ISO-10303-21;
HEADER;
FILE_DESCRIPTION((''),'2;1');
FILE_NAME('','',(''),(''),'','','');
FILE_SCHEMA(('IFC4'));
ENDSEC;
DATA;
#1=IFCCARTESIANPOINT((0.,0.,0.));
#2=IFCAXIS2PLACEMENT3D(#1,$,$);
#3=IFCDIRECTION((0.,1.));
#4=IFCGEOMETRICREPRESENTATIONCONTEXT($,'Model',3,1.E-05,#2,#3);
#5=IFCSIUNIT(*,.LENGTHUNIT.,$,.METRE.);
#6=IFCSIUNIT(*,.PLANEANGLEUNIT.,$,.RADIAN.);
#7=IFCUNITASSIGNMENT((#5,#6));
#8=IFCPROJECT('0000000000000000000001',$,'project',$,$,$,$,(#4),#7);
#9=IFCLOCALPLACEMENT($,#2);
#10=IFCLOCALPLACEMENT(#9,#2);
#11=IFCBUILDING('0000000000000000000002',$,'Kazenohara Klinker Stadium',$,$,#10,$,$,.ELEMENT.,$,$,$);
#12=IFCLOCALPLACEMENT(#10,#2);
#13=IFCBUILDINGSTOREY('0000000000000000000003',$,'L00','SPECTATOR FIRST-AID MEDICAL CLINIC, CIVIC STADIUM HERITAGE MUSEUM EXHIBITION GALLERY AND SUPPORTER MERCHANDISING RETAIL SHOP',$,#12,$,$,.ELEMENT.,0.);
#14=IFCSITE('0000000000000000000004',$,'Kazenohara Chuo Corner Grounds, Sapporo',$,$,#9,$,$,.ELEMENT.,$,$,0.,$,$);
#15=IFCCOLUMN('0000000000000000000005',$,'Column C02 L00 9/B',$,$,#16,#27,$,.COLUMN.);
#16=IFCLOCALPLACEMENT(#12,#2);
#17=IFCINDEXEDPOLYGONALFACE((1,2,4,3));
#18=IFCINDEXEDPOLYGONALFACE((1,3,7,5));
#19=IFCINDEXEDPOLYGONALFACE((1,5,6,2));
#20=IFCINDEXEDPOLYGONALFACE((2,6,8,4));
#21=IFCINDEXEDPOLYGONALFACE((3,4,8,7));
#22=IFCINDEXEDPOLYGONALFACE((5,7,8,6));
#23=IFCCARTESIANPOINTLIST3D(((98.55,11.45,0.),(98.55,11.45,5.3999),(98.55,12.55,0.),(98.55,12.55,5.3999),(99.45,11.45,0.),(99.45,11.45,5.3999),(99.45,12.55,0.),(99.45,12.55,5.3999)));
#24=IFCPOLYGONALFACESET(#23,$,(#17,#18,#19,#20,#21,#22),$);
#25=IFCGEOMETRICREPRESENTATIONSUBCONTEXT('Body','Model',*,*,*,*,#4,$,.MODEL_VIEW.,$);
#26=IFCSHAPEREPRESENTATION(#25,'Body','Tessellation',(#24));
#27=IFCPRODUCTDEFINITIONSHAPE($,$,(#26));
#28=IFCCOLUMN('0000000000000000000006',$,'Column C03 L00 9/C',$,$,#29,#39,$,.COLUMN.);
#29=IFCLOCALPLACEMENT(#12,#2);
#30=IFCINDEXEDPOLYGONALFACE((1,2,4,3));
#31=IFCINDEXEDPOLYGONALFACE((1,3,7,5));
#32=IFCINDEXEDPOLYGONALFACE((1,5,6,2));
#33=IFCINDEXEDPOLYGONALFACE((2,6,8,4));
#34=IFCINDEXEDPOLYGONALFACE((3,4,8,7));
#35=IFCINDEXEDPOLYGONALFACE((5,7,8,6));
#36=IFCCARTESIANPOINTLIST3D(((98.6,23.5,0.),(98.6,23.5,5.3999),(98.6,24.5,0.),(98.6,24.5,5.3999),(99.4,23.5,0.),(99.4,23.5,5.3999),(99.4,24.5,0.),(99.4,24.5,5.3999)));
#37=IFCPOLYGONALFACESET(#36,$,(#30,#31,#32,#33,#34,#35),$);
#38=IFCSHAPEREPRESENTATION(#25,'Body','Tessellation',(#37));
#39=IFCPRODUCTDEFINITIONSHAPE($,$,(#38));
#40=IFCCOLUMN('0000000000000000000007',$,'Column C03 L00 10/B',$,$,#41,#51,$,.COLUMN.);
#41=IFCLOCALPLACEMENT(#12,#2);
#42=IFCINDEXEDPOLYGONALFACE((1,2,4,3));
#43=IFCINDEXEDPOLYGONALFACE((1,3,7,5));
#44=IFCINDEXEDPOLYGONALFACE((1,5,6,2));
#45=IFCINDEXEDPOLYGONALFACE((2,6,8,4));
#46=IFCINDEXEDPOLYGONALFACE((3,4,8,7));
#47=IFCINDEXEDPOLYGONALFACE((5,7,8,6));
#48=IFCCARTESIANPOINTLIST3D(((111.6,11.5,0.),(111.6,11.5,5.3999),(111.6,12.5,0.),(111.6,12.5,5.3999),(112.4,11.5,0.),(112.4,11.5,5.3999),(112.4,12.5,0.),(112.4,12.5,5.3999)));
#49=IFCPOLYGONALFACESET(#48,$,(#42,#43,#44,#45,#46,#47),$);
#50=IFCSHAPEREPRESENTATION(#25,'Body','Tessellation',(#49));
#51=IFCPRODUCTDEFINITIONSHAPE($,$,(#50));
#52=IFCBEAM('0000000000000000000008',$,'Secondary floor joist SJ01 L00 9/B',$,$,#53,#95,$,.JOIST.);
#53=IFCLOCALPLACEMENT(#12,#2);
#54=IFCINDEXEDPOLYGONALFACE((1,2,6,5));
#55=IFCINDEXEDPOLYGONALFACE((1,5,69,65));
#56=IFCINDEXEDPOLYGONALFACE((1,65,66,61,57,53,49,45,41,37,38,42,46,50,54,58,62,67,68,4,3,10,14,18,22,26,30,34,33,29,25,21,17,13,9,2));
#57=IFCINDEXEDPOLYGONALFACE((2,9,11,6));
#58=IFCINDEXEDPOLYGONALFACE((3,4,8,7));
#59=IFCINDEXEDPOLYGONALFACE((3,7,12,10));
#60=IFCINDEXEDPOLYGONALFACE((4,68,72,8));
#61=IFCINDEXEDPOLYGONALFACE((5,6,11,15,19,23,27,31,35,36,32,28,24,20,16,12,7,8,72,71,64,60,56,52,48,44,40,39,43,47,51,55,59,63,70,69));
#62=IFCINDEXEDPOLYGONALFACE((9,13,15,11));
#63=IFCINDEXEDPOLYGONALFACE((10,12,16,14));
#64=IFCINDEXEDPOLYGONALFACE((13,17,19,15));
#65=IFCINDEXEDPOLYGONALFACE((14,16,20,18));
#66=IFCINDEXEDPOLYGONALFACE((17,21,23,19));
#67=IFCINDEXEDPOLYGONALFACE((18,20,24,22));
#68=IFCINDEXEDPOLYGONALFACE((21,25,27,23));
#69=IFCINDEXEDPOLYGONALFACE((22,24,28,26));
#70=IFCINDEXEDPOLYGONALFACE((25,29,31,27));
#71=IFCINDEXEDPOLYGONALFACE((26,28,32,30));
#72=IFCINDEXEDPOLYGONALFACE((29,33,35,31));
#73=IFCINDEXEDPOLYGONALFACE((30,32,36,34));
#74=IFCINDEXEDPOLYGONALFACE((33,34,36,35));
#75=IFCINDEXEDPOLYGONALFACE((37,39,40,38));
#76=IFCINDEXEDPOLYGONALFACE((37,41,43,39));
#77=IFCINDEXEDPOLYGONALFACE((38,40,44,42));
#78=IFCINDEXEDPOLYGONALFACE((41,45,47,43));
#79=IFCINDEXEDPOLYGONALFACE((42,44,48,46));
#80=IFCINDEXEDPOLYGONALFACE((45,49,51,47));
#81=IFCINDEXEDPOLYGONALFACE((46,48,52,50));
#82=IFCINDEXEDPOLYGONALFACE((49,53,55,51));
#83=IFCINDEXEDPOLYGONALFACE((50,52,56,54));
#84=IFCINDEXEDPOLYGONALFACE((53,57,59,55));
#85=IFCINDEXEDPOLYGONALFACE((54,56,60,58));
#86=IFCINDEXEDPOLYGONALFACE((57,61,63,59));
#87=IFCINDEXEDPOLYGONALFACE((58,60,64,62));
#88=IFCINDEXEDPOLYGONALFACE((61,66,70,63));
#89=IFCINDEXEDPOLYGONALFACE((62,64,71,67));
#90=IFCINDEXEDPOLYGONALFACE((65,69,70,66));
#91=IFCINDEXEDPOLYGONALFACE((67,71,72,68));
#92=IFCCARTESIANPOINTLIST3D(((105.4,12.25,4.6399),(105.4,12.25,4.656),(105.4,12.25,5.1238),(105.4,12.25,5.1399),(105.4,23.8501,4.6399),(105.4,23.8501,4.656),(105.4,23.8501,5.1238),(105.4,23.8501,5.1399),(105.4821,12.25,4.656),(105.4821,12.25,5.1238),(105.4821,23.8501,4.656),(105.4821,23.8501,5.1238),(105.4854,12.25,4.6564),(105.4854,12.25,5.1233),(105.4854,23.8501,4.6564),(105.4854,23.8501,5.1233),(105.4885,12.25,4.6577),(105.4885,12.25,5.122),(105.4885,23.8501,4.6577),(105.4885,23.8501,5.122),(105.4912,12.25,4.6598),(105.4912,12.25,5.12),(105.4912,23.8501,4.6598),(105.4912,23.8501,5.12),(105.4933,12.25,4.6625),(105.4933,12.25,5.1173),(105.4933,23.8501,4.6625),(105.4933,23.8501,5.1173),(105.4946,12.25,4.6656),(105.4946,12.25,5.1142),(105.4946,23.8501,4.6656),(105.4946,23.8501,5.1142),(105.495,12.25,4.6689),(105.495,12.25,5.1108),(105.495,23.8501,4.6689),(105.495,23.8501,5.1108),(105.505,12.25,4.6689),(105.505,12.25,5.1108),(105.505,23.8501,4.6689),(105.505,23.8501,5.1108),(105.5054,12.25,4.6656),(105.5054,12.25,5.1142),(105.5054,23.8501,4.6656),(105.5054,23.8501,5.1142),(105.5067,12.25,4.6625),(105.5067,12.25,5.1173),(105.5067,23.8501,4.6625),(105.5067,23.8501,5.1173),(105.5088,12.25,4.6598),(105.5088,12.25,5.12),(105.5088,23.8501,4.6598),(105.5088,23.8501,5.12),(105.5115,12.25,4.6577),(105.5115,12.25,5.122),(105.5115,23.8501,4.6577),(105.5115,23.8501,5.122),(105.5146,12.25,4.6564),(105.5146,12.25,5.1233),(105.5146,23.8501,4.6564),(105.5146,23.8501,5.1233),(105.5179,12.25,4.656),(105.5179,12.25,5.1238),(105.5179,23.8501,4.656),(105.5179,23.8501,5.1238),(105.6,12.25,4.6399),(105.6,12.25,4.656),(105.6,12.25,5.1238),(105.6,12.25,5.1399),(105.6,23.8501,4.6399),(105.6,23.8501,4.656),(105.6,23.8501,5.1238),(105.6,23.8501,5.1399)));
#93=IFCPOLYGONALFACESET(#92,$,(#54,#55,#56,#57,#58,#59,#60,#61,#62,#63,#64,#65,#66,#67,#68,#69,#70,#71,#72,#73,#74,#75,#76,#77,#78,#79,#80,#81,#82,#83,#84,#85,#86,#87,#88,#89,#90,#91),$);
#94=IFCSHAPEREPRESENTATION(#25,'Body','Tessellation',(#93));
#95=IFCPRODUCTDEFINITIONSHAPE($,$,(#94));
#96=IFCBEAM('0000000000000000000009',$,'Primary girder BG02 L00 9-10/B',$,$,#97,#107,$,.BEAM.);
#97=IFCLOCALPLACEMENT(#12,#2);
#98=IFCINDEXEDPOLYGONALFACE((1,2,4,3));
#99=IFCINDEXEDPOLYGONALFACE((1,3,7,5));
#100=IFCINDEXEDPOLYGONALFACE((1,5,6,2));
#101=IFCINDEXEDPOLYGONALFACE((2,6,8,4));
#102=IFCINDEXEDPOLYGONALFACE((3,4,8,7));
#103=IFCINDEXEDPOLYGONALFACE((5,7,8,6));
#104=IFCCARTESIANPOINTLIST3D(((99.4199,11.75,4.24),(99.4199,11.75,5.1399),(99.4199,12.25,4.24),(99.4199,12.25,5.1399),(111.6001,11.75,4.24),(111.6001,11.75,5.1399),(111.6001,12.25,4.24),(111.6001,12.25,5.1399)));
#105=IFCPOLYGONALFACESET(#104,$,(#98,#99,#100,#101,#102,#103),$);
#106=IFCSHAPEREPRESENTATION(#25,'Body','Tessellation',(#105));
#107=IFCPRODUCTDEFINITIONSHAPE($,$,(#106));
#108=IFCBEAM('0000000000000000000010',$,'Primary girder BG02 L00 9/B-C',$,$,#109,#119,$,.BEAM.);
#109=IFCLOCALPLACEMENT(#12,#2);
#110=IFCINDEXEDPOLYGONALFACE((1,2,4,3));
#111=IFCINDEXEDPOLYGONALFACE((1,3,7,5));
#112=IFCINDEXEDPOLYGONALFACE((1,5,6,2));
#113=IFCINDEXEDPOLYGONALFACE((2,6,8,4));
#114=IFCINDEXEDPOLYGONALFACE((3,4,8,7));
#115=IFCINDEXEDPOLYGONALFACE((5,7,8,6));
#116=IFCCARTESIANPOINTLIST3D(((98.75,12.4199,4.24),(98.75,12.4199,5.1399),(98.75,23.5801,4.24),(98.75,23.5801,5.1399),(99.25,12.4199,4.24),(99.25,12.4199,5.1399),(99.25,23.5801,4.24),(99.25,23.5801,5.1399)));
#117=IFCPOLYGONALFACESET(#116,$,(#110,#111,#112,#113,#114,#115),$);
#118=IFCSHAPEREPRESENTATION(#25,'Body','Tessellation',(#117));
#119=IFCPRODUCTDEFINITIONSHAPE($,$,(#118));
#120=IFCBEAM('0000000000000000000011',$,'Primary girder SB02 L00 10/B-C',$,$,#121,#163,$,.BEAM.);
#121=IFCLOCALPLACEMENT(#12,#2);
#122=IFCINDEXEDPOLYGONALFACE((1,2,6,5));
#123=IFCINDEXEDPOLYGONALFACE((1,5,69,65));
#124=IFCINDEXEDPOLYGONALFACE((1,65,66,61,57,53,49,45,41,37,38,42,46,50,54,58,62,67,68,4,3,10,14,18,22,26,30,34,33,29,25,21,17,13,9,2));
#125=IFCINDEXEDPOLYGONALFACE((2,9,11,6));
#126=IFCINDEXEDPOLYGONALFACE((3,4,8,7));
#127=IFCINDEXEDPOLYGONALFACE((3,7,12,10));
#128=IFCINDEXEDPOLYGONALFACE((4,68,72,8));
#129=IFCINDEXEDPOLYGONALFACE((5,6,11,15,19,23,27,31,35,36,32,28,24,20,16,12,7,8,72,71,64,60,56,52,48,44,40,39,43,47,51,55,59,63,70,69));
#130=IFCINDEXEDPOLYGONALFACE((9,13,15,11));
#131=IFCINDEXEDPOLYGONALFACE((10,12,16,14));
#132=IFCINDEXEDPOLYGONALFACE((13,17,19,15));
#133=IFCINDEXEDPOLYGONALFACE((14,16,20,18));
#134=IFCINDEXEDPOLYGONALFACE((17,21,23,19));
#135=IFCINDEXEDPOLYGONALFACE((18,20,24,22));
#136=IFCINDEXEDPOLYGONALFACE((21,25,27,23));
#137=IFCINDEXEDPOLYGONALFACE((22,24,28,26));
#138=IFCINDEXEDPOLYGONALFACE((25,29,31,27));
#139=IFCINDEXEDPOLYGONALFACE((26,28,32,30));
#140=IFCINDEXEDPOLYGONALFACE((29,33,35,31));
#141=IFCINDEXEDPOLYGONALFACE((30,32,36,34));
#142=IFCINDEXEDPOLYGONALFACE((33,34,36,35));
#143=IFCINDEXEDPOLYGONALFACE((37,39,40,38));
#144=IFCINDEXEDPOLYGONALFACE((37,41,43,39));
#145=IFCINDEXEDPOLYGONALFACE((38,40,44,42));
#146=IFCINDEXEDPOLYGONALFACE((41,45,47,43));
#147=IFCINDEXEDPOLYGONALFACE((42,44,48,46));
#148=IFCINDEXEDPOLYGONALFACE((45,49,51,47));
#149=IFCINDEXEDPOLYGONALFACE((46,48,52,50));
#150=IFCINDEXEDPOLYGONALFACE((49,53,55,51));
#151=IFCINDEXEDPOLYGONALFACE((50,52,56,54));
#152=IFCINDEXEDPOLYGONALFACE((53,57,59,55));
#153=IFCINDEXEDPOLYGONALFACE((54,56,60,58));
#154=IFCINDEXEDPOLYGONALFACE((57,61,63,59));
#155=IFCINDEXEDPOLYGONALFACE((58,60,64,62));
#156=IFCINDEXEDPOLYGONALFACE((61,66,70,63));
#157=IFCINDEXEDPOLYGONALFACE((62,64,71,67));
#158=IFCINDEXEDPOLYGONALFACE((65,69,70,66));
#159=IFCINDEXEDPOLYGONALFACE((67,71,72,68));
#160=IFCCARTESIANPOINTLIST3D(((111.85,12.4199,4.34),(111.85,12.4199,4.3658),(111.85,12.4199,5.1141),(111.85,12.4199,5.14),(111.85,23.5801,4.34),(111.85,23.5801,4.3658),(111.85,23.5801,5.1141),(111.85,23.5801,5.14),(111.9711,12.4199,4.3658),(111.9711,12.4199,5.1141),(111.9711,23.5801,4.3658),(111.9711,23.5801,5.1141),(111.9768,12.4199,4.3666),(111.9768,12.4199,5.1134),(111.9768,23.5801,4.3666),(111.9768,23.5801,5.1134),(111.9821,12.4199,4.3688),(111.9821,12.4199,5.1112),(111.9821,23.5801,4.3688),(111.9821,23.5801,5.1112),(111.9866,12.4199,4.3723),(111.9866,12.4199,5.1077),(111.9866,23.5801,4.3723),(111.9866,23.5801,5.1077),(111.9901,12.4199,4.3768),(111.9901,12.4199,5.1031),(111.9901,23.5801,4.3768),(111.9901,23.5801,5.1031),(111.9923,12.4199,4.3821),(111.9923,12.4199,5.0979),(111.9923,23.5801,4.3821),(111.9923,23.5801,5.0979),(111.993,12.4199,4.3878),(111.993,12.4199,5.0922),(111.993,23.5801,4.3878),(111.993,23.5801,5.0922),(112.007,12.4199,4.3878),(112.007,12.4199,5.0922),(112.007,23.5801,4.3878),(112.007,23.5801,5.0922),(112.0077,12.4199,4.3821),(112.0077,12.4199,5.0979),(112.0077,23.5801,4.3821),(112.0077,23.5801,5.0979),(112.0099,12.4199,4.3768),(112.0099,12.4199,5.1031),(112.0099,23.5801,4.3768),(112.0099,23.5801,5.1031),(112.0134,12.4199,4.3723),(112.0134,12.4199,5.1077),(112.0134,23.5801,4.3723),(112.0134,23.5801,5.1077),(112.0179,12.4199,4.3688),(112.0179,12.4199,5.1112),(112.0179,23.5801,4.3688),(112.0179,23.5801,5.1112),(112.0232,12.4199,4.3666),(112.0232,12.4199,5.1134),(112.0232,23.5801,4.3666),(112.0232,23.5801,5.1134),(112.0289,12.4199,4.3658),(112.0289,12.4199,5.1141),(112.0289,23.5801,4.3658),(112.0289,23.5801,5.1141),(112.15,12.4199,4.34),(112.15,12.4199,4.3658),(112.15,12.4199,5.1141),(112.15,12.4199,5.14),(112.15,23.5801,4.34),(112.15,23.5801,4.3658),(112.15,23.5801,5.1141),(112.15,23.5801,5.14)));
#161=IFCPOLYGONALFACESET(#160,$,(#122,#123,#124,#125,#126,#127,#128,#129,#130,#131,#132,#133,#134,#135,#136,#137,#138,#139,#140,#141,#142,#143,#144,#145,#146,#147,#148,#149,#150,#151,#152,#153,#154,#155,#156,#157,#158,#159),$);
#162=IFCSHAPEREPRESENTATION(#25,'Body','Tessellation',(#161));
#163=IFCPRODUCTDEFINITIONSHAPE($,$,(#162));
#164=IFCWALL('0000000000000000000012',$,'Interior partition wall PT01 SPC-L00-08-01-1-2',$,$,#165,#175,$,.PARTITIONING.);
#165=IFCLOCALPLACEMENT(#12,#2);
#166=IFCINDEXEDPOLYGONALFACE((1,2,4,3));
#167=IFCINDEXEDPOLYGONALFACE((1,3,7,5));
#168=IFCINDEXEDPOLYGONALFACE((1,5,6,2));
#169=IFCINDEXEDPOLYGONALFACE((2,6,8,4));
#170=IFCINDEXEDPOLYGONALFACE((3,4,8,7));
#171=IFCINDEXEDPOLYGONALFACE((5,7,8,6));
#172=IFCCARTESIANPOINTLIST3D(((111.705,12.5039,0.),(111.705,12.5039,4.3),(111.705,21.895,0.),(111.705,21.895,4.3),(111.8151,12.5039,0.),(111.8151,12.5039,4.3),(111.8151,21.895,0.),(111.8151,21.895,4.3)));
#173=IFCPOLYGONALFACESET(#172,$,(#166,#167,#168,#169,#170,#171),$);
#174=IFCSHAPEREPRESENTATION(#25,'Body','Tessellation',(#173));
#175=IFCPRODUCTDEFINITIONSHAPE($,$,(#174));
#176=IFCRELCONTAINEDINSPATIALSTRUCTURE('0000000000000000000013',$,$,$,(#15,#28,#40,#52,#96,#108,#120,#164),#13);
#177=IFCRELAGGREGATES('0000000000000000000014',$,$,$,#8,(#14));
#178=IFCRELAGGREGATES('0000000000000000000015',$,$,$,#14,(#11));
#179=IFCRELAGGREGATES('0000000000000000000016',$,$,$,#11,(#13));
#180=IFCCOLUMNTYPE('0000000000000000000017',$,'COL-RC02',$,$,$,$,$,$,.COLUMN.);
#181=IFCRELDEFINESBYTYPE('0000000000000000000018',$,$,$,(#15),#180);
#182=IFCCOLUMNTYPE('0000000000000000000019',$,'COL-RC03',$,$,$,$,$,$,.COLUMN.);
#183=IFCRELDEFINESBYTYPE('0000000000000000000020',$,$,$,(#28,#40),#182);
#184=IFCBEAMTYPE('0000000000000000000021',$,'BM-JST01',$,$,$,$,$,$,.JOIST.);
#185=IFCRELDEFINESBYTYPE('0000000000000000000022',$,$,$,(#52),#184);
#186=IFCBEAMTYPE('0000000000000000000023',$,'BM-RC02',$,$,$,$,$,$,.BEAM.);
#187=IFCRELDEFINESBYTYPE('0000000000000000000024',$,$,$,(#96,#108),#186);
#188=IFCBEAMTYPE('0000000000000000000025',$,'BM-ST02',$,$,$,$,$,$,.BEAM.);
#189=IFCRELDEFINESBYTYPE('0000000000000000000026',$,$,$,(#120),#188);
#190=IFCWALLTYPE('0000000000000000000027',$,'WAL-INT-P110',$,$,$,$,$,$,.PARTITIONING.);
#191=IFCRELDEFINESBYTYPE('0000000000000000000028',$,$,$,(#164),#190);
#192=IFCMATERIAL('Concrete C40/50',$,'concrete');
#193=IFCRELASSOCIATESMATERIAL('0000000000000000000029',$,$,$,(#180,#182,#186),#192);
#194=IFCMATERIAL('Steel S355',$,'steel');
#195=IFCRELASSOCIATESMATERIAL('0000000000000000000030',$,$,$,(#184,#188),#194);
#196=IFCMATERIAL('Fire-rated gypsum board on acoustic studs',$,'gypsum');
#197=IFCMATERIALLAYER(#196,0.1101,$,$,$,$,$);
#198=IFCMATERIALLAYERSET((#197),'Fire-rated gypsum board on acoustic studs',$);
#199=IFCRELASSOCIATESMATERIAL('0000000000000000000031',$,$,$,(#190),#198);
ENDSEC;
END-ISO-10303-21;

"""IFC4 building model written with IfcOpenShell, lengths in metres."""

from ifc_helpers import new_model, si_unit, direction, frame, frame_2d, origin, origin_2d, place, context, subcontext, project, spatial, rectangle, i_section, extrude, material, layer, layer_set, material_profile, profile_set, type_object, element, save


model = new_model("IFC4")

# Units and contexts
model_context = context("Model", 3, precision=1e-05, world=origin(), true_north=direction((0.0, 1.0)))
body_context = subcontext(model_context, "Body", "Model", "MODEL_VIEW")
ifc_project = project(units=[si_unit("LENGTHUNIT", "METRE"), si_unit("PLANEANGLEUNIT", "RADIAN")], contexts=[model_context])

# Site, building, storey
site_placement = place(None, origin())
site = spatial("IfcSite", under=ifc_project, at=site_placement, Name="Kazenohara Chuo Corner Grounds, Sapporo", CompositionType="ELEMENT", RefElevation=0.0)
building_placement = place(site_placement, origin())
building = spatial("IfcBuilding", under=site, at=building_placement, Name="Kazenohara Klinker Stadium", CompositionType="ELEMENT")
storey_placement = place(building_placement, origin())
storey = spatial("IfcBuildingStorey", under=building, at=storey_placement, Name="L00", Description="SPECTATOR FIRST-AID MEDICAL CLINIC, CIVIC STADIUM HERITAGE MUSEUM EXHIBITION GALLERY AND SUPPORTER MERCHANDISING RETAIL SHOP", CompositionType="ELEMENT", Elevation=0.0)

# Columns
ifc_material_1 = material(Name="Concrete C40/50", Category="concrete")
ifc_material_profile_1 = material_profile(ifc_material_1, rectangle(XDim=0.8999, YDim=1.1001, at=origin_2d()), Name="RC-COL-1100x900")
ifc_profile_set_1 = profile_set([ifc_material_profile_1], Name="Concrete C40/50")
column_type_1 = type_object("IfcColumnType", Name="COL-RC02", PredefinedType="COLUMN", material=ifc_profile_set_1)
column_placement = place(storey_placement, frame((99.0, 12.0, 0.0), z_axis=(0.0, 0.0, 1.0), x_axis=(1.0, 0.0, 0.0)))
element("IfcColumn", 1, at=column_placement, inside=storey, type_object=column_type_1, Name="Column C02 L00 9/B", PredefinedType="COLUMN", context=body_context, shape_type="SweptSolid", body=[
    extrude(rectangle(XDim=0.8999, YDim=1.1001, at=origin_2d()), origin(), (0.0, 0.0, 1.0), 5.3999),
])
ifc_material_profile_2 = material_profile(ifc_material_1, rectangle(XDim=0.8, YDim=1.0, at=origin_2d()), Name="RC-COL-1000x800")
ifc_profile_set_2 = profile_set([ifc_material_profile_2], Name="Concrete C40/50")
column_type_2 = type_object("IfcColumnType", Name="COL-RC03", PredefinedType="COLUMN", material=ifc_profile_set_2)
for number, where, z_axis, x_axis, name in (
    (2, (99.0, 24.0, 0.0), (0.0, 0.0, 1.0), (1.0, 0.0, 0.0), "Column C03 L00 9/C"),
    (3, (112.0, 12.0, 0.0), (0.0, 0.0, 1.0), (1.0, 0.0, 0.0), "Column C03 L00 10/B"),
):
    element("IfcColumn", number, at=place(storey_placement, frame(where, z_axis=z_axis, x_axis=x_axis)), inside=storey, type_object=column_type_2, Name=name, PredefinedType="COLUMN", context=body_context, shape_type="SweptSolid", body=[
        extrude(rectangle(XDim=0.8, YDim=1.0, at=origin_2d()), origin(), (0.0, 0.0, 1.0), 5.3999),
    ])

# Beams
ifc_material_2 = material(Name="Steel S355", Category="steel")
ifc_material_profile_3 = material_profile(ifc_material_2, i_section(OverallWidth=0.2, OverallDepth=0.5, WebThickness=0.01, FlangeThickness=0.0161, FilletRadius=0.0129, at=origin_2d()), Name="H-500x200x10x16")
ifc_profile_set_3 = profile_set([ifc_material_profile_3], Name="Steel S355")
beam_type_1 = type_object("IfcBeamType", Name="BM-JST01", PredefinedType="JOIST", material=ifc_profile_set_3)
beam_1_placement = place(storey_placement, frame((105.5, 12.25, 4.8899), z_axis=(0.0, 1.0, 0.0), x_axis=(-1.0, 0.0, 0.0)))
element("IfcBeam", 4, at=beam_1_placement, inside=storey, type_object=beam_type_1, Name="Secondary floor joist SJ01 L00 9/B", PredefinedType="JOIST", context=body_context, shape_type="SweptSolid", body=[
    extrude(i_section(OverallWidth=0.2, OverallDepth=0.5, WebThickness=0.01, FlangeThickness=0.0161, FilletRadius=0.0129, at=origin_2d()), origin(), (0.0, 0.0, 1.0), 11.6001),
])
ifc_material_profile_4 = material_profile(ifc_material_1, rectangle(XDim=0.5, YDim=0.8999, at=origin_2d()), Name="RC-BM-500x900")
ifc_profile_set_4 = profile_set([ifc_material_profile_4], Name="Concrete C40/50")
beam_type_2 = type_object("IfcBeamType", Name="BM-RC02", PredefinedType="BEAM", material=ifc_profile_set_4)
beam_2_placement = place(storey_placement, frame((99.4199, 12.0, 4.6899), z_axis=(1.0, 0.0, 0.0), x_axis=(0.0, 1.0, 0.0)))
element("IfcBeam", 5, at=beam_2_placement, inside=storey, type_object=beam_type_2, Name="Primary girder BG02 L00 9-10/B", PredefinedType="BEAM", context=body_context, shape_type="SweptSolid", body=[
    extrude(rectangle(XDim=0.5, YDim=0.8999, at=origin_2d()), origin(), (0.0, 0.0, 1.0), 12.1802),
])
beam_3_placement = place(storey_placement, frame((99.0, 12.4199, 4.6899), z_axis=(0.0, 1.0, 0.0), x_axis=(-1.0, 0.0, 0.0)))
element("IfcBeam", 6, at=beam_3_placement, inside=storey, type_object=beam_type_2, Name="Primary girder BG02 L00 9/B-C", PredefinedType="BEAM", context=body_context, shape_type="SweptSolid", body=[
    extrude(rectangle(XDim=0.5, YDim=0.8999, at=origin_2d()), origin(), (0.0, 0.0, 1.0), 11.1602),
])
ifc_material_profile_5 = material_profile(ifc_material_2, i_section(OverallWidth=0.3, OverallDepth=0.8, WebThickness=0.0139, FlangeThickness=0.0259, FilletRadius=0.022, at=origin_2d()), Name="H-800x300x14x26")
ifc_profile_set_5 = profile_set([ifc_material_profile_5], Name="Steel S355")
beam_type_3 = type_object("IfcBeamType", Name="BM-ST02", PredefinedType="BEAM", material=ifc_profile_set_5)
beam_4_placement = place(storey_placement, frame((112.0, 12.4199, 4.74), z_axis=(0.0, 1.0, 0.0), x_axis=(-1.0, 0.0, 0.0)))
element("IfcBeam", 7, at=beam_4_placement, inside=storey, type_object=beam_type_3, Name="Primary girder SB02 L00 10/B-C", PredefinedType="BEAM", context=body_context, shape_type="SweptSolid", body=[
    extrude(i_section(OverallWidth=0.3, OverallDepth=0.8, WebThickness=0.0139, FlangeThickness=0.0259, FilletRadius=0.022, at=origin_2d()), origin(), (0.0, 0.0, 1.0), 11.1602),
])

# Wall
ifc_material_3 = material(Name="Fire-rated gypsum board on acoustic studs", Category="gypsum")
ifc_layer_1 = layer(ifc_material_3, 0.1101)
ifc_layer_set_1 = layer_set([ifc_layer_1], Name="Fire-rated gypsum board on acoustic studs")
wall_type_1 = type_object("IfcWallType", Name="WAL-INT-P110", PredefinedType="PARTITIONING", material=ifc_layer_set_1)
wall_1_placement = place(storey_placement, frame((111.76, 12.5039, 0.0), z_axis=(0.0, 0.0, 1.0), x_axis=(0.0, 1.0, 0.0)))
element("IfcWall", 8, at=wall_1_placement, inside=storey, type_object=wall_type_1, Name="Interior partition wall PT01 SPC-L00-08-01-1-2", PredefinedType="PARTITIONING", context=body_context, shape_type="SweptSolid", body=[
    extrude(rectangle(XDim=9.3911, YDim=0.1101, at=frame_2d((4.6956, 0.0))), origin(), (0.0, 0.0, 1.0), 4.3),
])

save(model, "model.ifc")
